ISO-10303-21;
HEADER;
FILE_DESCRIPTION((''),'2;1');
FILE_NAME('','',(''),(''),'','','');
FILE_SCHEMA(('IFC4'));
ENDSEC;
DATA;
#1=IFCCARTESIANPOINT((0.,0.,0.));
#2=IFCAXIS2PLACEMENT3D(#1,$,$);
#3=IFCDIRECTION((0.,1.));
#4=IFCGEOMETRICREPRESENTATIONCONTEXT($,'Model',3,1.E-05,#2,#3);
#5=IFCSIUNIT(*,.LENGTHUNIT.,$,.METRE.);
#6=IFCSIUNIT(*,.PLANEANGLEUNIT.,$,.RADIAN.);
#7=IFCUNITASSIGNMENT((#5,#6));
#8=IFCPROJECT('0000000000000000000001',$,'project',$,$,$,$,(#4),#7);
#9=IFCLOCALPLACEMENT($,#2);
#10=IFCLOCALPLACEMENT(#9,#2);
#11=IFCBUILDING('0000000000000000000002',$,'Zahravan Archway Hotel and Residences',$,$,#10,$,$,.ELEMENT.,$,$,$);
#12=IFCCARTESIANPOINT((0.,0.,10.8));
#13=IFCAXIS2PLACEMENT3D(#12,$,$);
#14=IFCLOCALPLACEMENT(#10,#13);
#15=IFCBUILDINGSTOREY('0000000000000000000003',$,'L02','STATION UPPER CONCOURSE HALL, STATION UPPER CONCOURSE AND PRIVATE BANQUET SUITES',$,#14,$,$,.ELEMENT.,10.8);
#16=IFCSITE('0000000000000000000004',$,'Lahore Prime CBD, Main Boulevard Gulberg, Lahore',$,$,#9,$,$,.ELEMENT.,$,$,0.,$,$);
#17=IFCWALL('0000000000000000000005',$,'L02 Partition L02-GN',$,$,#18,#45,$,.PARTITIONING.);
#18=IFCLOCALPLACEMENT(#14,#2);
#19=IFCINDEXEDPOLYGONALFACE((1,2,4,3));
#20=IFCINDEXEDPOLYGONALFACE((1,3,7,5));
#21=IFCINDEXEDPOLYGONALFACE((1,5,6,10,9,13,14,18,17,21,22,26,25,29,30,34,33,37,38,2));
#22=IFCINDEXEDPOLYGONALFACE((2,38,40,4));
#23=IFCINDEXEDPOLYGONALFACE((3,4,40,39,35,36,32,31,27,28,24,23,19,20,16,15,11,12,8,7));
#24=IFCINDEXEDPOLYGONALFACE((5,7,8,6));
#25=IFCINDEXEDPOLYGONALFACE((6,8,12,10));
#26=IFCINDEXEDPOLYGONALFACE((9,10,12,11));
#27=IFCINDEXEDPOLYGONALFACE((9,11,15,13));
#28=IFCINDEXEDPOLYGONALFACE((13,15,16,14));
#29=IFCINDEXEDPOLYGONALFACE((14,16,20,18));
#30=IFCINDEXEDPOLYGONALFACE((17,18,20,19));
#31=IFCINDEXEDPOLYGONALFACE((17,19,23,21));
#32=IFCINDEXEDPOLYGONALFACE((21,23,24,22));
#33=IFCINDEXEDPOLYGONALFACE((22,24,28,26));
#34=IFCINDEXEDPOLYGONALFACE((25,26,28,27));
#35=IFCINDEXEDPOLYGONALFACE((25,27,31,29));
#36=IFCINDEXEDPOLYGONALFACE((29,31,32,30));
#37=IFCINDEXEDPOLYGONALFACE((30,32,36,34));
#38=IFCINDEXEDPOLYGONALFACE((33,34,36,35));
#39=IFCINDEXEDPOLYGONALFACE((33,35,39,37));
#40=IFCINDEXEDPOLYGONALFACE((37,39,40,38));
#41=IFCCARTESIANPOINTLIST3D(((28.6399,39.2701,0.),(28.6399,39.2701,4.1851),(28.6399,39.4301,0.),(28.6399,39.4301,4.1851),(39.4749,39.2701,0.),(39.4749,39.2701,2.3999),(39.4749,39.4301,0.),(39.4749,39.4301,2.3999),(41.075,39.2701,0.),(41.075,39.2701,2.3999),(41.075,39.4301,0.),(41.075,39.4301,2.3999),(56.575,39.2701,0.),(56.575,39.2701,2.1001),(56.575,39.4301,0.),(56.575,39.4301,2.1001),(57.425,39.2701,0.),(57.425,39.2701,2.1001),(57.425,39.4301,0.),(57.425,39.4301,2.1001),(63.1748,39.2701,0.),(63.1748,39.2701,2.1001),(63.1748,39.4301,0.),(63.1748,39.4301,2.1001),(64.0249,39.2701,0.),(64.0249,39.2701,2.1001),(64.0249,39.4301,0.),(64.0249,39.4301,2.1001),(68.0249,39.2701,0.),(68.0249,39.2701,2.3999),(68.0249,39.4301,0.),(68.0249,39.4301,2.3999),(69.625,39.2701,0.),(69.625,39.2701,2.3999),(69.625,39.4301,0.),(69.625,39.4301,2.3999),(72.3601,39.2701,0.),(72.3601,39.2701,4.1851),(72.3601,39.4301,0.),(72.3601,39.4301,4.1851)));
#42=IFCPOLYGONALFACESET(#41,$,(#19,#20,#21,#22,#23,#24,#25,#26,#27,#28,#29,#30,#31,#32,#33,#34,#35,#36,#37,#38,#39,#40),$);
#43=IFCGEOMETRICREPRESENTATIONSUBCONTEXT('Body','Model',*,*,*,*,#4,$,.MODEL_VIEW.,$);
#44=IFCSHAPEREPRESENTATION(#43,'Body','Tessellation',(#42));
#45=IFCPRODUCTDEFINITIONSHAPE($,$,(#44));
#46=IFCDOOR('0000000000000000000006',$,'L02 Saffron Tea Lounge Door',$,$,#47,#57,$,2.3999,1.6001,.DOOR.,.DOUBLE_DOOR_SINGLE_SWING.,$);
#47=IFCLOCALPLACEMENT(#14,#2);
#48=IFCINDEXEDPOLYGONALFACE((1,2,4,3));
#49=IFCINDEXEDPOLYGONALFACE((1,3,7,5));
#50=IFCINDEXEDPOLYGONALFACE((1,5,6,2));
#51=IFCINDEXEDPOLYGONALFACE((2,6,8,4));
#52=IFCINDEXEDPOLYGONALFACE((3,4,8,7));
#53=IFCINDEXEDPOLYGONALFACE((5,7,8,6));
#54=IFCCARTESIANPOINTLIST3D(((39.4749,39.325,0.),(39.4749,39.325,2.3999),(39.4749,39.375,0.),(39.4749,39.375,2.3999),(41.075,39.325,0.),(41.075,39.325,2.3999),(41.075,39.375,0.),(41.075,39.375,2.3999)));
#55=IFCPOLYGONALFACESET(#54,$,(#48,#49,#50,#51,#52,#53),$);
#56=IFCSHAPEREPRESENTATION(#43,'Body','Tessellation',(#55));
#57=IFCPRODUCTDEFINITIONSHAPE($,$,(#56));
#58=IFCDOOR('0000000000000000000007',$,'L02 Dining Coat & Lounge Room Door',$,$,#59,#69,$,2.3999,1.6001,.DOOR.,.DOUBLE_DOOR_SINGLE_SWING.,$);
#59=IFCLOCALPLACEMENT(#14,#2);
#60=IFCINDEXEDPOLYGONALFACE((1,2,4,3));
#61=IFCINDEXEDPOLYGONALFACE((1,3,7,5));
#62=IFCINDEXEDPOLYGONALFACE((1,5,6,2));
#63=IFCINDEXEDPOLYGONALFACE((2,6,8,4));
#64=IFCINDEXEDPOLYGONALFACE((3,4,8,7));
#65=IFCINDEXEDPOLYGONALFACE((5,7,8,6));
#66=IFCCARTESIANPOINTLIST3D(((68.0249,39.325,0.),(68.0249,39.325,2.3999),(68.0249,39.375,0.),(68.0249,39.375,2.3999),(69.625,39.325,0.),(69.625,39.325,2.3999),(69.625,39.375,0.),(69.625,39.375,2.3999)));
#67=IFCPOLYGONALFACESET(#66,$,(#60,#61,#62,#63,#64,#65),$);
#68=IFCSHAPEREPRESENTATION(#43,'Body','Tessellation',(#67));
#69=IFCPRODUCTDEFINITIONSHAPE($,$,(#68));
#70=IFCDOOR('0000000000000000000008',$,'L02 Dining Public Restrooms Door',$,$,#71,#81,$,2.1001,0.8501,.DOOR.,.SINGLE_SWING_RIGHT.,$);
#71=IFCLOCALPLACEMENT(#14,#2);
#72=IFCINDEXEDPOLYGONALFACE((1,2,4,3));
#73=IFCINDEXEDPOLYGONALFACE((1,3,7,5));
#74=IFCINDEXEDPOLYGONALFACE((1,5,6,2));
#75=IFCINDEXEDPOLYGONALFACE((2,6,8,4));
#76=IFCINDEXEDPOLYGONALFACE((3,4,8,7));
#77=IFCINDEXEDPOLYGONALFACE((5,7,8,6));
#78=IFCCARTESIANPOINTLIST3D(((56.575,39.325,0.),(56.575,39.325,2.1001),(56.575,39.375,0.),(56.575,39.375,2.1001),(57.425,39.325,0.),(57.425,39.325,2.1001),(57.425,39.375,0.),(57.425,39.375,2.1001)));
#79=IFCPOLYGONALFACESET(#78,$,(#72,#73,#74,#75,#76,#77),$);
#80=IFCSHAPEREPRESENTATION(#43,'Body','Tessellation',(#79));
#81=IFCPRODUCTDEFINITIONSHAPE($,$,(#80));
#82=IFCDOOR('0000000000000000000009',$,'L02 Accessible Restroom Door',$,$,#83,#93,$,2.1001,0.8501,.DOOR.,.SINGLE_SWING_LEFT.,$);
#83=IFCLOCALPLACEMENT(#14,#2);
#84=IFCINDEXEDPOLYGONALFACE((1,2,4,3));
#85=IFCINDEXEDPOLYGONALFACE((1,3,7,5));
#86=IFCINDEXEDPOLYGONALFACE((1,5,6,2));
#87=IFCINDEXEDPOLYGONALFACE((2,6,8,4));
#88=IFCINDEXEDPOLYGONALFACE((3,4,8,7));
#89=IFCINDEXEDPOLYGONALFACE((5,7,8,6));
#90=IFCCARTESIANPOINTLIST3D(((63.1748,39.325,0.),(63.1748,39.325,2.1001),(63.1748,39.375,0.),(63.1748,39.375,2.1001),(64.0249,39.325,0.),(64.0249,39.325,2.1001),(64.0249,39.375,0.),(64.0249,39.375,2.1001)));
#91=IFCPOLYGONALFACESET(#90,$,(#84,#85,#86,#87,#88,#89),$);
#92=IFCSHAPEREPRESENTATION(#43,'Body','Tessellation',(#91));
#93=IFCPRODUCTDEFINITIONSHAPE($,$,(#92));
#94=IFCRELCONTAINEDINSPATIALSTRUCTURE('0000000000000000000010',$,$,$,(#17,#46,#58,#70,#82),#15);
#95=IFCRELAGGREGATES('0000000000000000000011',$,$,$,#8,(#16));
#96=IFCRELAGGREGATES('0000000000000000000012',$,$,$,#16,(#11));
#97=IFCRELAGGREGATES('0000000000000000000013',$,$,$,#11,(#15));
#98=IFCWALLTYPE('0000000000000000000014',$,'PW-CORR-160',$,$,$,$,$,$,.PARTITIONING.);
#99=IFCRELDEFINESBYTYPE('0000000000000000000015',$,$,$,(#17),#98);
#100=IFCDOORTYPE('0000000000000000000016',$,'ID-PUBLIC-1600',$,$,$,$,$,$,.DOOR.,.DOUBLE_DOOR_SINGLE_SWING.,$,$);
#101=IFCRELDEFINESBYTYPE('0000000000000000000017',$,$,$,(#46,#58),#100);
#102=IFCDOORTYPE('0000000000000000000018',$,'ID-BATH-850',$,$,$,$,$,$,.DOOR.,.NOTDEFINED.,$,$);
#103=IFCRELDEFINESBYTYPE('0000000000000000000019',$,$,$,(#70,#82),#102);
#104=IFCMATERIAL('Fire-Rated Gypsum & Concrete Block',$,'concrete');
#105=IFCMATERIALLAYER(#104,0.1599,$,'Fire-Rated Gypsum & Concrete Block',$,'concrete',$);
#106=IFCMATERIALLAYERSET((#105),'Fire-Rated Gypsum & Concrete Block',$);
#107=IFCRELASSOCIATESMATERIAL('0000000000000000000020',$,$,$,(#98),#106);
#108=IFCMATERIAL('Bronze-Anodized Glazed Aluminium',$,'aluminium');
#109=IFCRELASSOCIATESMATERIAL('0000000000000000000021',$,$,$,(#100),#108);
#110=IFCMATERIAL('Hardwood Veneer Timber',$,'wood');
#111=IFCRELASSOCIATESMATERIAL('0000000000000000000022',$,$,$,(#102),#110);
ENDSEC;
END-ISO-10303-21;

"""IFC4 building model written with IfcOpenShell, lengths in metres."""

from ifc_helpers import new_model, si_unit, direction, frame, frame_2d, origin, place, context, subcontext, project, spatial, rectangle, extrude, source, transform, mapped, material, layer, layer_set, type_object, type_shapes, element, fill, save


model = new_model("IFC4")

# Units and contexts
model_context = context("Model", 3, precision=1e-05, world=origin(), true_north=direction((0.0, 1.0)))
body_context = subcontext(model_context, "Body", "Model", "MODEL_VIEW")
ifc_project = project(units=[si_unit("LENGTHUNIT", "METRE"), si_unit("PLANEANGLEUNIT", "RADIAN")], contexts=[model_context])

# Site, building, storey
site_placement = place(None, origin())
site = spatial("IfcSite", under=ifc_project, at=site_placement, Name="Lahore Prime CBD, Main Boulevard Gulberg, Lahore", CompositionType="ELEMENT", RefElevation=0.0)
building_placement = place(site_placement, origin())
building = spatial("IfcBuilding", under=site, at=building_placement, Name="Zahravan Archway Hotel and Residences", CompositionType="ELEMENT")
storey_placement = place(building_placement, frame((0.0, 0.0, 10.8)))
storey = spatial("IfcBuildingStorey", under=building, at=storey_placement, Name="L02", Description="STATION UPPER CONCOURSE HALL, STATION UPPER CONCOURSE AND PRIVATE BANQUET SUITES", CompositionType="ELEMENT", Elevation=10.8)

# Wall, openings, doors
ifc_material_1 = material(Name="Fire-Rated Gypsum & Concrete Block", Category="concrete")
ifc_layer_1 = layer(ifc_material_1, 0.1599, Name="Fire-Rated Gypsum & Concrete Block", Category="concrete")
ifc_layer_set_1 = layer_set([ifc_layer_1], Name="Fire-Rated Gypsum & Concrete Block")
wall_type = type_object("IfcWallType", Name="PW-CORR-160", PredefinedType="PARTITIONING", material=ifc_layer_set_1)
wall_placement = place(storey_placement, frame((28.6399, 39.3501, 0.0), z_axis=(0.0, 0.0, 1.0), x_axis=(1.0, 0.0, 0.0)))
wall = element("IfcWall", 1, at=wall_placement, inside=storey, type_object=wall_type, Name="L02 Partition L02-GN", PredefinedType="PARTITIONING", context=body_context, shape_type="SweptSolid", body=[
    extrude(rectangle(XDim=43.7202, YDim=0.1599, at=frame_2d((21.8601, 0.0))), origin(), (0.0, 0.0, 1.0), 4.1851),
])
opening_1_placement = place(wall_placement, frame((10.835, 0.0, 0.0)))
opening_1 = element("IfcOpeningElement", 2, at=opening_1_placement, cuts=wall, PredefinedType="OPENING", context=body_context, shape_type="SweptSolid", body=[
    extrude(rectangle(XDim=1.6001, YDim=2.3999, at=frame_2d((0.8, 1.2))), frame((0.0, 0.0898, 0.0), z_axis=(0.0, -1.0, 0.0), x_axis=(1.0, 0.0, 0.0)), (0.0, 0.0, 1.0), 0.1799),
])
opening_2_placement = place(wall_placement, frame((27.9351, 0.0, 0.0)))
opening_2 = element("IfcOpeningElement", 3, at=opening_2_placement, cuts=wall, PredefinedType="OPENING", context=body_context, shape_type="SweptSolid", body=[
    extrude(rectangle(XDim=0.8501, YDim=2.1001, at=frame_2d((0.425, 1.05))), frame((0.0, 0.0898, 0.0), z_axis=(0.0, -1.0, 0.0), x_axis=(1.0, 0.0, 0.0)), (0.0, 0.0, 1.0), 0.1799),
])
opening_3_placement = place(wall_placement, frame((34.5349, 0.0, 0.0)))
opening_3 = element("IfcOpeningElement", 4, at=opening_3_placement, cuts=wall, PredefinedType="OPENING", context=body_context, shape_type="SweptSolid", body=[
    extrude(rectangle(XDim=0.8501, YDim=2.1001, at=frame_2d((0.425, 1.05))), frame((0.0, 0.0898, 0.0), z_axis=(0.0, -1.0, 0.0), x_axis=(1.0, 0.0, 0.0)), (0.0, 0.0, 1.0), 0.1799),
])
opening_4_placement = place(wall_placement, frame((39.385, 0.0, 0.0)))
opening_4 = element("IfcOpeningElement", 5, at=opening_4_placement, cuts=wall, PredefinedType="OPENING", context=body_context, shape_type="SweptSolid", body=[
    extrude(rectangle(XDim=1.6001, YDim=2.3999, at=frame_2d((0.8, 1.2))), frame((0.0, 0.0898, 0.0), z_axis=(0.0, -1.0, 0.0), x_axis=(1.0, 0.0, 0.0)), (0.0, 0.0, 1.0), 0.1799),
])
ifc_material_2 = material(Name="Bronze-Anodized Glazed Aluminium", Category="aluminium")
door_type_1 = type_object("IfcDoorType", Name="ID-PUBLIC-1600", OperationType="DOUBLE_DOOR_SINGLE_SWING", PredefinedType="DOOR", material=ifc_material_2)
shared_shape_1 = source(origin(), body_context, "Body", "SweptSolid", [
    extrude(rectangle(XDim=1.6001, YDim=2.3999, at=frame_2d((0.8, 1.2))), frame((0.0, 0.0249, 0.0), z_axis=(0.0, -1.0, 0.0), x_axis=(1.0, 0.0, 0.0)), (0.0, 0.0, 1.0), 0.05),
])
type_shapes(door_type_1, [shared_shape_1])
door_1_placement = place(opening_1_placement, origin())
door_1 = element("IfcDoor", 6, at=door_1_placement, inside=storey, type_object=door_type_1, Name="L02 Saffron Tea Lounge Door", OperationType="DOUBLE_DOOR_SINGLE_SWING", OverallHeight=2.3999, OverallWidth=1.6001, PredefinedType="DOOR", context=body_context, shape_type="MappedRepresentation", body=[
    mapped(shared_shape_1, transform((0.0, 0.0, 0.0), scale=1.0)),
])
fill(opening_1, door_1)
door_2_placement = place(opening_4_placement, origin())
door_2 = element("IfcDoor", 7, at=door_2_placement, inside=storey, type_object=door_type_1, Name="L02 Dining Coat & Lounge Room Door", OperationType="DOUBLE_DOOR_SINGLE_SWING", OverallHeight=2.3999, OverallWidth=1.6001, PredefinedType="DOOR", context=body_context, shape_type="MappedRepresentation", body=[
    mapped(shared_shape_1, transform((0.0, 0.0, 0.0), scale=1.0)),
])
fill(opening_4, door_2)
ifc_material_3 = material(Name="Hardwood Veneer Timber", Category="wood")
door_type_2 = type_object("IfcDoorType", Name="ID-BATH-850", OperationType="NOTDEFINED", PredefinedType="DOOR", material=ifc_material_3)
shared_shape_2 = source(origin(), body_context, "Body", "SweptSolid", [
    extrude(rectangle(XDim=0.8501, YDim=2.1001, at=frame_2d((0.425, 1.05))), frame((0.0, 0.0249, 0.0), z_axis=(0.0, -1.0, 0.0), x_axis=(1.0, 0.0, 0.0)), (0.0, 0.0, 1.0), 0.05),
])
type_shapes(door_type_2, [shared_shape_2])
door_3_placement = place(opening_2_placement, origin())
door_3 = element("IfcDoor", 8, at=door_3_placement, inside=storey, type_object=door_type_2, Name="L02 Dining Public Restrooms Door", OperationType="SINGLE_SWING_RIGHT", OverallHeight=2.1001, OverallWidth=0.8501, PredefinedType="DOOR", context=body_context, shape_type="MappedRepresentation", body=[
    mapped(shared_shape_2, transform((0.0, 0.0, 0.0), scale=1.0)),
])
fill(opening_2, door_3)
door_4_placement = place(opening_3_placement, origin())
door_4 = element("IfcDoor", 9, at=door_4_placement, inside=storey, type_object=door_type_2, Name="L02 Accessible Restroom Door", OperationType="SINGLE_SWING_LEFT", OverallHeight=2.1001, OverallWidth=0.8501, PredefinedType="DOOR", context=body_context, shape_type="MappedRepresentation", body=[
    mapped(shared_shape_2, transform((0.0, 0.0, 0.0), scale=1.0)),
])
fill(opening_3, door_4)

save(model, "model.ifc")
